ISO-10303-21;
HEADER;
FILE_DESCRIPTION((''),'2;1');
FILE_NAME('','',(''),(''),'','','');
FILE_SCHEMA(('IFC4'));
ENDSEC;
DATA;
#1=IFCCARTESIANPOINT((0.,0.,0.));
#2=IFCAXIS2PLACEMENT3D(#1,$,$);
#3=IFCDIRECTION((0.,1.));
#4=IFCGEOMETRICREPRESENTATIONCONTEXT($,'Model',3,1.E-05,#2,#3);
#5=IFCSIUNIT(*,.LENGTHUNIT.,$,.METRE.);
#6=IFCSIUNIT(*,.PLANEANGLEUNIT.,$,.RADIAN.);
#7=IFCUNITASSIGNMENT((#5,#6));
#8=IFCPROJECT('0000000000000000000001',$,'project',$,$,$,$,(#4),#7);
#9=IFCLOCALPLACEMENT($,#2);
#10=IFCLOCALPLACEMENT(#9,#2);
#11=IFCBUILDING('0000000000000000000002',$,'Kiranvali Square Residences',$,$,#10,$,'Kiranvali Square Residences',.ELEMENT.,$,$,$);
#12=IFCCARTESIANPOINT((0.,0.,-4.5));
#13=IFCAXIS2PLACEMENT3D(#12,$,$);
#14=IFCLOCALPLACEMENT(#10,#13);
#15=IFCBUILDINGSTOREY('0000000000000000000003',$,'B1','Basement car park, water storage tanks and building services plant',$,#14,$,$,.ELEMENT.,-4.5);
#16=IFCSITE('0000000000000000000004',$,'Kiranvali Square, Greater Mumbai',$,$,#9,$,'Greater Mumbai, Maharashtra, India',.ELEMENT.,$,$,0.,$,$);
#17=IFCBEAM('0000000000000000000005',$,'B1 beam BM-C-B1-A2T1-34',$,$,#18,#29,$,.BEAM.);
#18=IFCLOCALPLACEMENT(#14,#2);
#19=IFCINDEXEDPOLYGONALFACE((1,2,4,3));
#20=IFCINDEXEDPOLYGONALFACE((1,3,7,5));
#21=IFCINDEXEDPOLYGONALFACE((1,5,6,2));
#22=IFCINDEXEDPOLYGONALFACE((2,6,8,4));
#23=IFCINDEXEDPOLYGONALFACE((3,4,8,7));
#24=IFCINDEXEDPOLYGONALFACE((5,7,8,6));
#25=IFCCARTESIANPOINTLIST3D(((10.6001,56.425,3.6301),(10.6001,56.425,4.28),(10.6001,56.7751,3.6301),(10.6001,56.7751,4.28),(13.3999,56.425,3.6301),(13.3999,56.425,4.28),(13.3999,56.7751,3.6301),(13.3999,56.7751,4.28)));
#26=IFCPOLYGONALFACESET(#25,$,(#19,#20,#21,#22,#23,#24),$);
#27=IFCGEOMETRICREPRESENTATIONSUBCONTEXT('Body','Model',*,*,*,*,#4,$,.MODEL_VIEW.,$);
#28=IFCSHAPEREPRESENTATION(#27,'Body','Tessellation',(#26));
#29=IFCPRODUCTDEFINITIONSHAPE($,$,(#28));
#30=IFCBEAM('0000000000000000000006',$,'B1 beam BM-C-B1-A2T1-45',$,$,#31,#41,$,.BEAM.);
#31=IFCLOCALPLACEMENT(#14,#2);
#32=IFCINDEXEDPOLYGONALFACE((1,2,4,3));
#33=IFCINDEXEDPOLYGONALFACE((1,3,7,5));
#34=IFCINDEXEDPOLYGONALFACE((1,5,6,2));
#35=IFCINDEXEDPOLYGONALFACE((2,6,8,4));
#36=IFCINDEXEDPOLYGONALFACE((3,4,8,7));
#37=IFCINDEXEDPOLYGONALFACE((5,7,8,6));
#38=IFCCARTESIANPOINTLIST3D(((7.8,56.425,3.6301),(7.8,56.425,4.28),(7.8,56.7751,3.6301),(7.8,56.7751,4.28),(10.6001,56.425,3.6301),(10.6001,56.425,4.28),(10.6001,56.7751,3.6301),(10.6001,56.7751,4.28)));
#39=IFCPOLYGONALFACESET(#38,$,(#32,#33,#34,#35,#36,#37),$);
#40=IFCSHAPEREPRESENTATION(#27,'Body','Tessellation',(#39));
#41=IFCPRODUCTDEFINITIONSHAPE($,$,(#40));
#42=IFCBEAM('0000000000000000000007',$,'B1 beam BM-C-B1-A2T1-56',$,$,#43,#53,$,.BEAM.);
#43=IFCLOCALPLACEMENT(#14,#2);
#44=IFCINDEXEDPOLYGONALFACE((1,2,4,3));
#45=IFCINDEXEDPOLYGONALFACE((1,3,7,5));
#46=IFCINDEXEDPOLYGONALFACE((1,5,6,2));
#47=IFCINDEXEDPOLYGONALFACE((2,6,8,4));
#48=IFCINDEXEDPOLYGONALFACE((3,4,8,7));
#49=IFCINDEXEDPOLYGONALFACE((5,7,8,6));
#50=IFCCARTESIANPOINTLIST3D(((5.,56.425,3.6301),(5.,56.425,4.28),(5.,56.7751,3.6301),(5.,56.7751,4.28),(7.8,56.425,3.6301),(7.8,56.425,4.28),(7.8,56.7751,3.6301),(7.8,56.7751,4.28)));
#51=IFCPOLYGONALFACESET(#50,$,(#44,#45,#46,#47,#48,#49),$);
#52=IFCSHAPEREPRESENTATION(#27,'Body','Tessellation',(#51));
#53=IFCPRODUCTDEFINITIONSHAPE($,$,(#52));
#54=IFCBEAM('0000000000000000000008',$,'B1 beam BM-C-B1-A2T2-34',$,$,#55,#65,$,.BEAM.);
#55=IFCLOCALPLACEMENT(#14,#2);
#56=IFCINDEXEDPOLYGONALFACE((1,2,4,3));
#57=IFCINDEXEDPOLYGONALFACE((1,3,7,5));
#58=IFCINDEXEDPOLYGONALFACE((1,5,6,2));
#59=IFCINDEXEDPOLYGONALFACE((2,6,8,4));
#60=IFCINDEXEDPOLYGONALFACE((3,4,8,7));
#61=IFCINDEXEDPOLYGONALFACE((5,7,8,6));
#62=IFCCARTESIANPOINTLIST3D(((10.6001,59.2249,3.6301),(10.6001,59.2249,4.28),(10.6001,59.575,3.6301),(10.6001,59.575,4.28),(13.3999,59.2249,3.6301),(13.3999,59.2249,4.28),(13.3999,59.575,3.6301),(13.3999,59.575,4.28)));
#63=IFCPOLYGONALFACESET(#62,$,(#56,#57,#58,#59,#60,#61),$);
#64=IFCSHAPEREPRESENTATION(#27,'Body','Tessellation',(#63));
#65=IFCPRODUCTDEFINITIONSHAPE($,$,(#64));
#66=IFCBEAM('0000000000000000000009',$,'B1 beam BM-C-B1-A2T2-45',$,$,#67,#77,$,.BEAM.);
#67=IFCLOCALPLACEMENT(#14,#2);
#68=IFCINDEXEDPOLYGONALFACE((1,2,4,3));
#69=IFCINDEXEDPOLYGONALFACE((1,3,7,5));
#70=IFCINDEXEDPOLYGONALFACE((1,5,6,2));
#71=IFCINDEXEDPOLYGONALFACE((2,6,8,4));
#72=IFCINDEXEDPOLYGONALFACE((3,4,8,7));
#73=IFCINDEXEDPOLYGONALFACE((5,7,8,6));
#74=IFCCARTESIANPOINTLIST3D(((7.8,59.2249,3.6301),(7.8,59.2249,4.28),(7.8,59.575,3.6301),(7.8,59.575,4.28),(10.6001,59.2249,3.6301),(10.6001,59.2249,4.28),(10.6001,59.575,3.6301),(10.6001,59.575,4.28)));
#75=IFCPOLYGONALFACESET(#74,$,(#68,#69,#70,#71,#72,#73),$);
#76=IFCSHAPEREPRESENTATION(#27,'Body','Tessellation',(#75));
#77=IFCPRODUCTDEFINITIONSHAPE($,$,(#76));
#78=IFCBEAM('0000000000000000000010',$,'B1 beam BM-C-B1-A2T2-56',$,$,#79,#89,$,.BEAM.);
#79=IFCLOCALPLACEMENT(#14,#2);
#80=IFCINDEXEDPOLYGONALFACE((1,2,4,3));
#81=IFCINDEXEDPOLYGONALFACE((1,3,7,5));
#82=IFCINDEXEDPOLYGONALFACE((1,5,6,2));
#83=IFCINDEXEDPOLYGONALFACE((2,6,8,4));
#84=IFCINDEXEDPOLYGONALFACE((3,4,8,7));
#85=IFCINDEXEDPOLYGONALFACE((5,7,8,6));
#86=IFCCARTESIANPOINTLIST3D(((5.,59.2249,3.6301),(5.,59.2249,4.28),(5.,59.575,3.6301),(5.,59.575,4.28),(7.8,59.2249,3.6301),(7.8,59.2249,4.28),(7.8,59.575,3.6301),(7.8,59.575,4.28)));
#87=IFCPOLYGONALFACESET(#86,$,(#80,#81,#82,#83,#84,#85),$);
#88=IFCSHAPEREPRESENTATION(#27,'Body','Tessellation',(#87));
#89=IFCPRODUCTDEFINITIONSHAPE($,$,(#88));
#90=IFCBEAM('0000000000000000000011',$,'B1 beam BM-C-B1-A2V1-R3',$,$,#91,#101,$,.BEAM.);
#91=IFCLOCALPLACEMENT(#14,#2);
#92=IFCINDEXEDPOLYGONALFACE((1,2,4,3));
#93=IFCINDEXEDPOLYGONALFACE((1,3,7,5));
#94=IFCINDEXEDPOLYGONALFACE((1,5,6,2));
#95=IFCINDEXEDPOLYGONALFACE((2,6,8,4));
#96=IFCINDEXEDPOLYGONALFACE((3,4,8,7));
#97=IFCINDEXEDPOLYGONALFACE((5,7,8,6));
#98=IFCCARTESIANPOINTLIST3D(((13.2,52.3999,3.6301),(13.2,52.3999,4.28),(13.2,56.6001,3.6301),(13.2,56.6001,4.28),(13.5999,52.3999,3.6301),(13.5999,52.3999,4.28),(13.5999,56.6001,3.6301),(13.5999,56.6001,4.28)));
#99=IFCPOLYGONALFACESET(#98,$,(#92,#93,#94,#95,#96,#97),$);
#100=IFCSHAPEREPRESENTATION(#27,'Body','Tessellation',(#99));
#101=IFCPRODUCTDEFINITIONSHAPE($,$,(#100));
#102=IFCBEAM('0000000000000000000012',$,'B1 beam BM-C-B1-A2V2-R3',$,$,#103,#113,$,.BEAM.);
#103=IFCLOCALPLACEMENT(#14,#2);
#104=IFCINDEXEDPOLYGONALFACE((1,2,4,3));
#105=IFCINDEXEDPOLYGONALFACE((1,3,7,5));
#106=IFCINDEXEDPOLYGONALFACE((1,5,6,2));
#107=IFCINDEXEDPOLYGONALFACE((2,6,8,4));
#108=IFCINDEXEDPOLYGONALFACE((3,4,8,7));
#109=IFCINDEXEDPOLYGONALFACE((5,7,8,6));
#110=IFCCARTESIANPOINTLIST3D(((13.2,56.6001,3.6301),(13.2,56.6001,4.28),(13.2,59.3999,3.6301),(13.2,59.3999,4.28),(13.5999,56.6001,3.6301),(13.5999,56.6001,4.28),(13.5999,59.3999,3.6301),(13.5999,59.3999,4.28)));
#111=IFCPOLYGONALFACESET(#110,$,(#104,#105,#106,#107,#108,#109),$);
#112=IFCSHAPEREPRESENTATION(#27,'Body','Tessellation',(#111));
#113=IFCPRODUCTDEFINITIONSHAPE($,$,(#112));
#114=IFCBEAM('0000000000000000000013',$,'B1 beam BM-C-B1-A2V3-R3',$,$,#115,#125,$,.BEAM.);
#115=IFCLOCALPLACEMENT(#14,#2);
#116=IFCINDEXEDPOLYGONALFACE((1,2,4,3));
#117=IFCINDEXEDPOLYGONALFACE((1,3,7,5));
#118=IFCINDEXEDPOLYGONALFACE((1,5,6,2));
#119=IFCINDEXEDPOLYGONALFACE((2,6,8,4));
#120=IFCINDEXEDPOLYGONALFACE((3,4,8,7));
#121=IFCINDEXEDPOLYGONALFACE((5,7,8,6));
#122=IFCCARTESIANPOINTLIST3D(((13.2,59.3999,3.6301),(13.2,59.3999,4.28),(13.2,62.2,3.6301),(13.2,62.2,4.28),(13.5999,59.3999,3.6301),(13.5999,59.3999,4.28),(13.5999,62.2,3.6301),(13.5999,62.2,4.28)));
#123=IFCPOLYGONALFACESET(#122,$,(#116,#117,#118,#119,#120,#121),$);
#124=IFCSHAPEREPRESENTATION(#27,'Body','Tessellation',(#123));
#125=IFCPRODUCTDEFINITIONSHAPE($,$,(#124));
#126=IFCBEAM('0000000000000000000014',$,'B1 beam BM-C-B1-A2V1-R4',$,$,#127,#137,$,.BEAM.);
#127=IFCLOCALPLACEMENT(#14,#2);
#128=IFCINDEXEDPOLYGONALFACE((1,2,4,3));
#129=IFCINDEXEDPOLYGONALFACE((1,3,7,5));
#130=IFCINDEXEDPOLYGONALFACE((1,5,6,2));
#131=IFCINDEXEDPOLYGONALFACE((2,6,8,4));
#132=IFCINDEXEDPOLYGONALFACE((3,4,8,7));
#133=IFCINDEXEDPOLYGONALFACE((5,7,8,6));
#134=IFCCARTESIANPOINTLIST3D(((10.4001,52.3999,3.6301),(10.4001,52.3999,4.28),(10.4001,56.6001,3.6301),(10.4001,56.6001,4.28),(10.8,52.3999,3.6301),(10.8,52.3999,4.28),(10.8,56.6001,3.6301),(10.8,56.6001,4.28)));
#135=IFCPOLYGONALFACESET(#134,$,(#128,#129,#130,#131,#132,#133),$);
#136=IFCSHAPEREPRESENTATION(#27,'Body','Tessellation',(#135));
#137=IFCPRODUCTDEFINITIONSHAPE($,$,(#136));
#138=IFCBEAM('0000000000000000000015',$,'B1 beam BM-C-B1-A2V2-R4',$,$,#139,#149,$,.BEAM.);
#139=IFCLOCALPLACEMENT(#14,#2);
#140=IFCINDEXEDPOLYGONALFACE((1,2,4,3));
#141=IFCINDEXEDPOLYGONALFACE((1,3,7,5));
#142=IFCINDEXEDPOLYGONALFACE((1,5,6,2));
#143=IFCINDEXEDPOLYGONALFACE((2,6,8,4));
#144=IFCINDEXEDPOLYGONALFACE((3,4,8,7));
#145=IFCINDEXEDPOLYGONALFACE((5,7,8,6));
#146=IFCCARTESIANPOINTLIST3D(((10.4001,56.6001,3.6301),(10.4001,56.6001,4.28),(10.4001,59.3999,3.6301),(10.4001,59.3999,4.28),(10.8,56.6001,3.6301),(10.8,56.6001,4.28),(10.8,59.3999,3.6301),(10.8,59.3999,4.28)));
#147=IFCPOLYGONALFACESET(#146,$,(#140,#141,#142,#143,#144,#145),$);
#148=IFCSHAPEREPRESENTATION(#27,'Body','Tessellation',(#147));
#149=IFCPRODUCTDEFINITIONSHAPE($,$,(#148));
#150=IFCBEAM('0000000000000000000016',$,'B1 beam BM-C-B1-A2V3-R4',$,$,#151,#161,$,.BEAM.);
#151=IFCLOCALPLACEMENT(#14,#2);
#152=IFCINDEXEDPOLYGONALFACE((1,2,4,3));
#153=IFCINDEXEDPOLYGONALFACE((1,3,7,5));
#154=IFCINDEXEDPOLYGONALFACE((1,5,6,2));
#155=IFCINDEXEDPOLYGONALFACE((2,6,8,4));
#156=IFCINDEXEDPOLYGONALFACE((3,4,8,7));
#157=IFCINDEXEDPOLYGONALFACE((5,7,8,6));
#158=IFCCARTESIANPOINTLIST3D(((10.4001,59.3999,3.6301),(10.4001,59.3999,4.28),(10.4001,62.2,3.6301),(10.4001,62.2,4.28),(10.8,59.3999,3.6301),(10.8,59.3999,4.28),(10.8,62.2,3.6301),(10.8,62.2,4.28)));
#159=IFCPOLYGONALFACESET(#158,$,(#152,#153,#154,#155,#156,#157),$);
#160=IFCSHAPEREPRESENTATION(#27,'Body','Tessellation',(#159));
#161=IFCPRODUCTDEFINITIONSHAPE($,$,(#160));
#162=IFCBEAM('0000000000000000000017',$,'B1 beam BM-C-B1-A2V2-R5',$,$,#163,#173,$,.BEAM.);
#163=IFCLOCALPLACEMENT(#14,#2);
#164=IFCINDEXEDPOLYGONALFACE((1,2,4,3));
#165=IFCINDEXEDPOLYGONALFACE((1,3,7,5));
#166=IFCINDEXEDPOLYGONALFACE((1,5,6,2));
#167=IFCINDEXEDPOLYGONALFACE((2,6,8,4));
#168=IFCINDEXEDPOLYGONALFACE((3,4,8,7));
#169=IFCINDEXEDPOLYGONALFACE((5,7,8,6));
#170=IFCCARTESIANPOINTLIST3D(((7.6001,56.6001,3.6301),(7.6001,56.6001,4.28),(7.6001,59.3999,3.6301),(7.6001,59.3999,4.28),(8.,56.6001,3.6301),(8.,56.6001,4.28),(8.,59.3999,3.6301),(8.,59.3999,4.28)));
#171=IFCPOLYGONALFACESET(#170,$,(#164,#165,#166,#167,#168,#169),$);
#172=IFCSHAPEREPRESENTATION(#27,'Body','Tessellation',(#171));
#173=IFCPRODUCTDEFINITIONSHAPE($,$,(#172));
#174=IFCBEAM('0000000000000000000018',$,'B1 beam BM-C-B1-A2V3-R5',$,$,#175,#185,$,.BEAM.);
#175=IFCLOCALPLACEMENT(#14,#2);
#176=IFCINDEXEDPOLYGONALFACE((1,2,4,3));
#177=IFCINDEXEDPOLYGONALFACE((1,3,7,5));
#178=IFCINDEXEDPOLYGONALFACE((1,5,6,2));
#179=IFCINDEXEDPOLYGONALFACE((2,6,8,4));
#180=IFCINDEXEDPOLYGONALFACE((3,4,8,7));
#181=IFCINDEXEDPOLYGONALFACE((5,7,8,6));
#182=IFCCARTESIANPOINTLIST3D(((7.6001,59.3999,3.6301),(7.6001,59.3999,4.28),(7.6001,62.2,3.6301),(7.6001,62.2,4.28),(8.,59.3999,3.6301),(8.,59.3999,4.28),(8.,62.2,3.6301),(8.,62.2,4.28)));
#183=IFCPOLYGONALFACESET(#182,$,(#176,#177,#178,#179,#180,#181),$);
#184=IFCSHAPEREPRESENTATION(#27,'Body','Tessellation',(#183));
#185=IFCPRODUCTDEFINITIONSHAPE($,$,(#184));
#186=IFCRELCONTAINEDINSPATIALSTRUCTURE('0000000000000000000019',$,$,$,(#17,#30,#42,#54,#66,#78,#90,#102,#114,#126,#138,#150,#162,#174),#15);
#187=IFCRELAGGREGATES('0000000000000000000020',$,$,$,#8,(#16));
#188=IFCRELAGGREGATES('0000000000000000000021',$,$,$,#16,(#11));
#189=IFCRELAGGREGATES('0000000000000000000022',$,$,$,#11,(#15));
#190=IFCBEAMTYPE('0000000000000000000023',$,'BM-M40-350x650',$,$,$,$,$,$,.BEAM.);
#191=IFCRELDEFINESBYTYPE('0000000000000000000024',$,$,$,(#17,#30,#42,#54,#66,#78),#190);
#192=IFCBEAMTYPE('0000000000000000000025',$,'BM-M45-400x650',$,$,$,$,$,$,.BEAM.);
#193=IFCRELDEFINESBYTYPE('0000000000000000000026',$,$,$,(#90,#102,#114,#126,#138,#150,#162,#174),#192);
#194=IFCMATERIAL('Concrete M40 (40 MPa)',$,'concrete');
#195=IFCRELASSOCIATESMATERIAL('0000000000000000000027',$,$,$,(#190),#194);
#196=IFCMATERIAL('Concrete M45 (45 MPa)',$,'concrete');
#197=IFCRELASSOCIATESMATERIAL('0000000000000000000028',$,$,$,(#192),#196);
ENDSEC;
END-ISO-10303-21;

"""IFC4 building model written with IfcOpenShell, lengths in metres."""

from ifc_helpers import new_model, si_unit, direction, frame, origin, origin_2d, place, context, subcontext, project, spatial, rectangle, extrude, material, material_profile, profile_set, type_object, element, save


model = new_model("IFC4")

# Units and contexts
model_context = context("Model", 3, precision=1e-05, world=origin(), true_north=direction((0.0, 1.0)))
body_context = subcontext(model_context, "Body", "Model", "MODEL_VIEW")
ifc_project = project(units=[si_unit("LENGTHUNIT", "METRE"), si_unit("PLANEANGLEUNIT", "RADIAN")], contexts=[model_context])

# Site, building, storey
site_placement = place(None, origin())
site = spatial("IfcSite", under=ifc_project, at=site_placement, Name="Kiranvali Square, Greater Mumbai", LongName="Greater Mumbai, Maharashtra, India", CompositionType="ELEMENT", RefElevation=0.0)
building_placement = place(site_placement, origin())
building = spatial("IfcBuilding", under=site, at=building_placement, Name="Kiranvali Square Residences", LongName="Kiranvali Square Residences", CompositionType="ELEMENT")
storey_placement = place(building_placement, frame((0.0, 0.0, -4.5)))
storey = spatial("IfcBuildingStorey", under=building, at=storey_placement, Name="B1", Description="Basement car park, water storage tanks and building services plant", CompositionType="ELEMENT", Elevation=-4.5)

# Shared definitions
ifc_material_1 = material(Name="Concrete M40 (40 MPa)", Category="concrete")

# Beams
ifc_material_profile_1 = material_profile(ifc_material_1, rectangle(XDim=0.3501, YDim=0.6499, at=origin_2d()), Name="RC 350x650")
ifc_profile_set_1 = profile_set([ifc_material_profile_1], Name="Concrete M40 (40 MPa)")
beam_type_1 = type_object("IfcBeamType", Name="BM-M40-350x650", PredefinedType="BEAM", material=ifc_profile_set_1)
beam_1_placement = place(storey_placement, frame((13.3999, 56.6001, 3.9551), z_axis=(-1.0, 0.0, 0.0), x_axis=(0.0, -1.0, 0.0)))
element("IfcBeam", 1, at=beam_1_placement, inside=storey, type_object=beam_type_1, Name="B1 beam BM-C-B1-A2T1-34", PredefinedType="BEAM", context=body_context, shape_type="SweptSolid", body=[
    extrude(rectangle(XDim=0.3501, YDim=0.6499, at=origin_2d()), origin(), (0.0, 0.0, 1.0), 2.7998),
])
for number, where, z_axis, x_axis, name in (
    (2, (10.6001, 56.6001, 3.9551), (-1.0, 0.0, 0.0), (0.0, -1.0, 0.0), "B1 beam BM-C-B1-A2T1-45"),
    (3, (7.8, 56.6001, 3.9551), (-1.0, 0.0, 0.0), (0.0, -1.0, 0.0), "B1 beam BM-C-B1-A2T1-56"),
):
    element("IfcBeam", number, at=place(storey_placement, frame(where, z_axis=z_axis, x_axis=x_axis)), inside=storey, type_object=beam_type_1, Name=name, PredefinedType="BEAM", context=body_context, shape_type="SweptSolid", body=[
        extrude(rectangle(XDim=0.3501, YDim=0.6499, at=origin_2d()), origin(), (0.0, 0.0, 1.0), 2.8),
    ])
beam_2_placement = place(storey_placement, frame((13.3999, 59.3999, 3.9551), z_axis=(-1.0, 0.0, 0.0), x_axis=(0.0, -1.0, 0.0)))
element("IfcBeam", 4, at=beam_2_placement, inside=storey, type_object=beam_type_1, Name="B1 beam BM-C-B1-A2T2-34", PredefinedType="BEAM", context=body_context, shape_type="SweptSolid", body=[
    extrude(rectangle(XDim=0.3501, YDim=0.6499, at=origin_2d()), origin(), (0.0, 0.0, 1.0), 2.7998),
])
for number, where, z_axis, x_axis, name in (
    (5, (10.6001, 59.3999, 3.9551), (-1.0, 0.0, 0.0), (0.0, -1.0, 0.0), "B1 beam BM-C-B1-A2T2-45"),
    (6, (7.8, 59.3999, 3.9551), (-1.0, 0.0, 0.0), (0.0, -1.0, 0.0), "B1 beam BM-C-B1-A2T2-56"),
):
    element("IfcBeam", number, at=place(storey_placement, frame(where, z_axis=z_axis, x_axis=x_axis)), inside=storey, type_object=beam_type_1, Name=name, PredefinedType="BEAM", context=body_context, shape_type="SweptSolid", body=[
        extrude(rectangle(XDim=0.3501, YDim=0.6499, at=origin_2d()), origin(), (0.0, 0.0, 1.0), 2.8),
    ])
ifc_material_2 = material(Name="Concrete M45 (45 MPa)", Category="concrete")
ifc_material_profile_2 = material_profile(ifc_material_2, rectangle(XDim=0.3999, YDim=0.6499, at=origin_2d()), Name="RC 400x650")
ifc_profile_set_2 = profile_set([ifc_material_profile_2], Name="Concrete M45 (45 MPa)")
beam_type_2 = type_object("IfcBeamType", Name="BM-M45-400x650", PredefinedType="BEAM", material=ifc_profile_set_2)
beam_3_placement = place(storey_placement, frame((13.3999, 52.3999, 3.9551), z_axis=(0.0, 1.0, 0.0), x_axis=(-1.0, 0.0, 0.0)))
element("IfcBeam", 7, at=beam_3_placement, inside=storey, type_object=beam_type_2, Name="B1 beam BM-C-B1-A2V1-R3", PredefinedType="BEAM", context=body_context, shape_type="SweptSolid", body=[
    extrude(rectangle(XDim=0.3999, YDim=0.6499, at=origin_2d()), origin(), (0.0, 0.0, 1.0), 4.2002),
])
beam_4_placement = place(storey_placement, frame((13.3999, 56.6001, 3.9551), z_axis=(0.0, 1.0, 0.0), x_axis=(-1.0, 0.0, 0.0)))
element("IfcBeam", 8, at=beam_4_placement, inside=storey, type_object=beam_type_2, Name="B1 beam BM-C-B1-A2V2-R3", PredefinedType="BEAM", context=body_context, shape_type="SweptSolid", body=[
    extrude(rectangle(XDim=0.3999, YDim=0.6499, at=origin_2d()), origin(), (0.0, 0.0, 1.0), 2.7998),
])
beam_5_placement = place(storey_placement, frame((13.3999, 59.3999, 3.9551), z_axis=(0.0, 1.0, 0.0), x_axis=(-1.0, 0.0, 0.0)))
element("IfcBeam", 9, at=beam_5_placement, inside=storey, type_object=beam_type_2, Name="B1 beam BM-C-B1-A2V3-R3", PredefinedType="BEAM", context=body_context, shape_type="SweptSolid", body=[
    extrude(rectangle(XDim=0.3999, YDim=0.6499, at=origin_2d()), origin(), (0.0, 0.0, 1.0), 2.8),
])
beam_6_placement = place(storey_placement, frame((10.6001, 52.3999, 3.9551), z_axis=(0.0, 1.0, 0.0), x_axis=(-1.0, 0.0, 0.0)))
element("IfcBeam", 10, at=beam_6_placement, inside=storey, type_object=beam_type_2, Name="B1 beam BM-C-B1-A2V1-R4", PredefinedType="BEAM", context=body_context, shape_type="SweptSolid", body=[
    extrude(rectangle(XDim=0.3999, YDim=0.6499, at=origin_2d()), origin(), (0.0, 0.0, 1.0), 4.2002),
])
beam_7_placement = place(storey_placement, frame((10.6001, 56.6001, 3.9551), z_axis=(0.0, 1.0, 0.0), x_axis=(-1.0, 0.0, 0.0)))
element("IfcBeam", 11, at=beam_7_placement, inside=storey, type_object=beam_type_2, Name="B1 beam BM-C-B1-A2V2-R4", PredefinedType="BEAM", context=body_context, shape_type="SweptSolid", body=[
    extrude(rectangle(XDim=0.3999, YDim=0.6499, at=origin_2d()), origin(), (0.0, 0.0, 1.0), 2.7998),
])
beam_8_placement = place(storey_placement, frame((10.6001, 59.3999, 3.9551), z_axis=(0.0, 1.0, 0.0), x_axis=(-1.0, 0.0, 0.0)))
element("IfcBeam", 12, at=beam_8_placement, inside=storey, type_object=beam_type_2, Name="B1 beam BM-C-B1-A2V3-R4", PredefinedType="BEAM", context=body_context, shape_type="SweptSolid", body=[
    extrude(rectangle(XDim=0.3999, YDim=0.6499, at=origin_2d()), origin(), (0.0, 0.0, 1.0), 2.8),
])
beam_9_placement = place(storey_placement, frame((7.8, 56.6001, 3.9551), z_axis=(0.0, 1.0, 0.0), x_axis=(-1.0, 0.0, 0.0)))
element("IfcBeam", 13, at=beam_9_placement, inside=storey, type_object=beam_type_2, Name="B1 beam BM-C-B1-A2V2-R5", PredefinedType="BEAM", context=body_context, shape_type="SweptSolid", body=[
    extrude(rectangle(XDim=0.3999, YDim=0.6499, at=origin_2d()), origin(), (0.0, 0.0, 1.0), 2.7998),
])
beam_10_placement = place(storey_placement, frame((7.8, 59.3999, 3.9551), z_axis=(0.0, 1.0, 0.0), x_axis=(-1.0, 0.0, 0.0)))
element("IfcBeam", 14, at=beam_10_placement, inside=storey, type_object=beam_type_2, Name="B1 beam BM-C-B1-A2V3-R5", PredefinedType="BEAM", context=body_context, shape_type="SweptSolid", body=[
    extrude(rectangle(XDim=0.3999, YDim=0.6499, at=origin_2d()), origin(), (0.0, 0.0, 1.0), 2.8),
])

save(model, "model.ifc")
